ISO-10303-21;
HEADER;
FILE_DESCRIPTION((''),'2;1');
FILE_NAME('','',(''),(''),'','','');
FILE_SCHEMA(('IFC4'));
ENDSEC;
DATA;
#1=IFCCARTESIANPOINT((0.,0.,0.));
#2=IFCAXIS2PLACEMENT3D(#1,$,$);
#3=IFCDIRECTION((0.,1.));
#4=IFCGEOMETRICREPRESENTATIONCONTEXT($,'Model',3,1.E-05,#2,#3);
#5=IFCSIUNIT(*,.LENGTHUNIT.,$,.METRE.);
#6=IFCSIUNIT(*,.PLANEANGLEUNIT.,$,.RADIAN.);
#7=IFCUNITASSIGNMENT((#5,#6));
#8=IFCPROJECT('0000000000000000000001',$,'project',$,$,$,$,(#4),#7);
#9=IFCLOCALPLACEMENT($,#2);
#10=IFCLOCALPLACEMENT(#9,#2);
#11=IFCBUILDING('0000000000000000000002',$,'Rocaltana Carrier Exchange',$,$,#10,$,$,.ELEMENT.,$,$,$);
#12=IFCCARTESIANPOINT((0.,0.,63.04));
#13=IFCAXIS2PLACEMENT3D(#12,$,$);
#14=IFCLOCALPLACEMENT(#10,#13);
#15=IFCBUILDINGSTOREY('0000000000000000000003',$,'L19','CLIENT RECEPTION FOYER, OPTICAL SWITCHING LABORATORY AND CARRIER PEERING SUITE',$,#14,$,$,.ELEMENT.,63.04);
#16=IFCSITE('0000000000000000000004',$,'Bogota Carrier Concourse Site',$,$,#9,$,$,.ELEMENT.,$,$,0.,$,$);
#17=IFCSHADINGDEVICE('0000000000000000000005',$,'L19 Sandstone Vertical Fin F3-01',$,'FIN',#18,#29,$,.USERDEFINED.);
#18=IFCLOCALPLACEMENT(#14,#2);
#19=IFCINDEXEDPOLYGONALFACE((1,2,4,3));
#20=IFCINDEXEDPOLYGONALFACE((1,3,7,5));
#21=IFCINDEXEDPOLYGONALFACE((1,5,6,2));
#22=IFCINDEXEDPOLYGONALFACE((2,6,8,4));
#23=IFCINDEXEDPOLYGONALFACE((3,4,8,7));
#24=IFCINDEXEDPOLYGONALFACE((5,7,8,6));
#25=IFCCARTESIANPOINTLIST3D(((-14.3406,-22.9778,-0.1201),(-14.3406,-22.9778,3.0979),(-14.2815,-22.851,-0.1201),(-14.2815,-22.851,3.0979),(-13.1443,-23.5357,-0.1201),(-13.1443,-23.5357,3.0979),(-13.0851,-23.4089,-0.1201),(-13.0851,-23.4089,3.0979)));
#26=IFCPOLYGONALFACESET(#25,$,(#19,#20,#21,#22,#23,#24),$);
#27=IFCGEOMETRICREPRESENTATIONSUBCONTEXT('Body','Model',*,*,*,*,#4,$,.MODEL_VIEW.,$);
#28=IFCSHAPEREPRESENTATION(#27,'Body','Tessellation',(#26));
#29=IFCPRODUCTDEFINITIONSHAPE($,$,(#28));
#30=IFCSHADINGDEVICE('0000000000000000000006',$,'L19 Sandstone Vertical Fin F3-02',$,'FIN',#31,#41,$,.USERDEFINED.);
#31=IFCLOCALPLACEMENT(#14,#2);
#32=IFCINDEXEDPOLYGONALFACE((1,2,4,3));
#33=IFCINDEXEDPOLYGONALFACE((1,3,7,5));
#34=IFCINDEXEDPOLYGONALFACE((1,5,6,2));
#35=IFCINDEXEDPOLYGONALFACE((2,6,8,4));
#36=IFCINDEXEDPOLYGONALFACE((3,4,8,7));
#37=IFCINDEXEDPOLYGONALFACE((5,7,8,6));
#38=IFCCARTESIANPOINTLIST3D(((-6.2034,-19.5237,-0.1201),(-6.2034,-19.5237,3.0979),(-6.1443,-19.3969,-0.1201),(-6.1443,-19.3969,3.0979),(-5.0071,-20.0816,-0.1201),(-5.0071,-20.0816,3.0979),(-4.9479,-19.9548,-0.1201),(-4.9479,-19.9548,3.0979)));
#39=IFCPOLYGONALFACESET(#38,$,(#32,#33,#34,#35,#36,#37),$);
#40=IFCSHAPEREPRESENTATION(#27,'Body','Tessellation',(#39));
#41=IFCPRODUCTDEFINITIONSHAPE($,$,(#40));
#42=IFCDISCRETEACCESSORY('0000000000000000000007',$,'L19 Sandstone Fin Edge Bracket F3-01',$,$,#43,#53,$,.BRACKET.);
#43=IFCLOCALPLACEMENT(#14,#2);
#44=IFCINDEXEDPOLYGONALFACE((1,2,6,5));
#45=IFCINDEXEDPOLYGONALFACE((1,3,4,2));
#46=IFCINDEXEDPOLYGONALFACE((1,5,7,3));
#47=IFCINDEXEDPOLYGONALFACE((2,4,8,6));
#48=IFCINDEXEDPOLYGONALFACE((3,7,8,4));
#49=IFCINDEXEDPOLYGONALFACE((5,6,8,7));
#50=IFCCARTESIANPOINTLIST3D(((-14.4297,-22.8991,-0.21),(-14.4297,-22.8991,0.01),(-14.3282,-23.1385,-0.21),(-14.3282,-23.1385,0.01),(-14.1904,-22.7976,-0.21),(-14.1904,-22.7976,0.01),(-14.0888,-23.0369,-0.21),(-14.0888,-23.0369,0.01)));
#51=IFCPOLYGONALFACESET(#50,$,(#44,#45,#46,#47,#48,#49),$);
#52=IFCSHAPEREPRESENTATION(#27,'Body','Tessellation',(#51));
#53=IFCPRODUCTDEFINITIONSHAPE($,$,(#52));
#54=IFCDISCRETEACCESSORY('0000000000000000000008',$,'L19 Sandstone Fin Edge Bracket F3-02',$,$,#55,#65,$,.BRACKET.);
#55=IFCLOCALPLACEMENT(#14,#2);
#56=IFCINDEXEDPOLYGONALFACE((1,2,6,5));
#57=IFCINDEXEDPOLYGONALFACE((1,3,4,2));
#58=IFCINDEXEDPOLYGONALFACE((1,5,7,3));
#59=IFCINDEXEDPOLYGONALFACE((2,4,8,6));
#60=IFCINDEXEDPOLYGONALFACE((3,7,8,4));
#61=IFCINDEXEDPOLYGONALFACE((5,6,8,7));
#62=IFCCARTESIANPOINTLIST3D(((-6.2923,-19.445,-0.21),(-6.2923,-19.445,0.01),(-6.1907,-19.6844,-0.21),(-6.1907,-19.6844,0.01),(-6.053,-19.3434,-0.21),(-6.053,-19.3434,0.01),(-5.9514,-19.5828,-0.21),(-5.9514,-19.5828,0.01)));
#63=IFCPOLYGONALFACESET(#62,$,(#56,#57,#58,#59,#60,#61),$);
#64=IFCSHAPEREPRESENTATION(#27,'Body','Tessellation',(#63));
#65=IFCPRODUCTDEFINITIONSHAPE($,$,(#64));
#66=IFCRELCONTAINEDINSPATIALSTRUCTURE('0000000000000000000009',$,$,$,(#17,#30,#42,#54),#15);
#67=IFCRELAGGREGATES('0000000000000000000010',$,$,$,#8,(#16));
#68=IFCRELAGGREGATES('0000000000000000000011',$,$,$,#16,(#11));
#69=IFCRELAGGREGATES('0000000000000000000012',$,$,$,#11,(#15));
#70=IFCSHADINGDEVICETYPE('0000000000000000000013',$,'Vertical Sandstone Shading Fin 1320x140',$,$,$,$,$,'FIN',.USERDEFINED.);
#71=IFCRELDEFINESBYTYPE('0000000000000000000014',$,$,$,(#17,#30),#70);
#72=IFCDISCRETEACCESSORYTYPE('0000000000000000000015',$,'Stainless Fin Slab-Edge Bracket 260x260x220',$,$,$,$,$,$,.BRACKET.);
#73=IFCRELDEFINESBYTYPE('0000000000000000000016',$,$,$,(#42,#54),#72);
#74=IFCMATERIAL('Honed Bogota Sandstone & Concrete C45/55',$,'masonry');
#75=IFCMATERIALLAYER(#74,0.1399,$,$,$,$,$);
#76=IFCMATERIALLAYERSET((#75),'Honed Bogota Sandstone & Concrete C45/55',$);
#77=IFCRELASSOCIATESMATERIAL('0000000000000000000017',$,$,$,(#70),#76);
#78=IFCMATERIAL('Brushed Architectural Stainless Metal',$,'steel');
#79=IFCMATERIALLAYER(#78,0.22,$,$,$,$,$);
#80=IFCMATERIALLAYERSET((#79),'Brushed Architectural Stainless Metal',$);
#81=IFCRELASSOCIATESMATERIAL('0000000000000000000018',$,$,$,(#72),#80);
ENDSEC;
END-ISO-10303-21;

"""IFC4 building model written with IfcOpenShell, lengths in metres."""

from ifc_helpers import new_model, si_unit, direction, frame, origin, origin_2d, place, context, subcontext, project, spatial, rectangle, extrude, material, layer, layer_set, type_object, element, save


model = new_model("IFC4")

# Units and contexts
model_context = context("Model", 3, precision=1e-05, world=origin(), true_north=direction((0.0, 1.0)))
body_context = subcontext(model_context, "Body", "Model", "MODEL_VIEW")
ifc_project = project(units=[si_unit("LENGTHUNIT", "METRE"), si_unit("PLANEANGLEUNIT", "RADIAN")], contexts=[model_context])

# Site, building, storey
site_placement = place(None, origin())
site = spatial("IfcSite", under=ifc_project, at=site_placement, Name="Bogota Carrier Concourse Site", CompositionType="ELEMENT", RefElevation=0.0)
building_placement = place(site_placement, origin())
building = spatial("IfcBuilding", under=site, at=building_placement, Name="Rocaltana Carrier Exchange", CompositionType="ELEMENT")
storey_placement = place(building_placement, frame((0.0, 0.0, 63.04)))
storey = spatial("IfcBuildingStorey", under=building, at=storey_placement, Name="L19", Description="CLIENT RECEPTION FOYER, OPTICAL SWITCHING LABORATORY AND CARRIER PEERING SUITE", CompositionType="ELEMENT", Elevation=63.04)

# Shading devices
ifc_material_1 = material(Name="Honed Bogota Sandstone & Concrete C45/55", Category="masonry")
ifc_layer_1 = layer(ifc_material_1, 0.1399)
ifc_layer_set_1 = layer_set([ifc_layer_1], Name="Honed Bogota Sandstone & Concrete C45/55")
shading_device_type = type_object("IfcShadingDeviceType", Name="Vertical Sandstone Shading Fin 1320x140", ElementType="FIN", PredefinedType="USERDEFINED", material=ifc_layer_set_1)
for number, where, z_axis, x_axis, name in (
    (1, (-13.7129, -23.1934, -0.1201), (0.0, 0.0, 1.0), (0.906308, -0.422618, 0.0), "L19 Sandstone Vertical Fin F3-01"),
    (2, (-5.5757, -19.7393, -0.1201), (0.0, 0.0, 1.0), (0.906308, -0.422618, 0.0), "L19 Sandstone Vertical Fin F3-02"),
):
    element("IfcShadingDevice", number, at=place(storey_placement, frame(where, z_axis=z_axis, x_axis=x_axis)), inside=storey, type_object=shading_device_type, Name=name, ObjectType="FIN", PredefinedType="USERDEFINED", context=body_context, shape_type="SweptSolid", body=[
        extrude(rectangle(XDim=1.3201, YDim=0.1399, at=origin_2d()), origin(), (0.0, 0.0, 1.0), 3.218),
    ])

# Discrete accessories
ifc_material_2 = material(Name="Brushed Architectural Stainless Metal", Category="steel")
ifc_layer_2 = layer(ifc_material_2, 0.22)
ifc_layer_set_2 = layer_set([ifc_layer_2], Name="Brushed Architectural Stainless Metal")
discrete_accessory_type = type_object("IfcDiscreteAccessoryType", Name="Stainless Fin Slab-Edge Bracket 260x260x220", PredefinedType="BRACKET", material=ifc_layer_set_2)
for number, where, z_axis, x_axis, name in (
    (3, (-14.2593, -22.968, -0.21), (0.0, 0.0, 1.0), (0.920505, 0.390731, 0.0), "L19 Sandstone Fin Edge Bracket F3-01"),
    (4, (-6.1218, -19.5139, -0.21), (0.0, 0.0, 1.0), (0.920505, 0.390731, 0.0), "L19 Sandstone Fin Edge Bracket F3-02"),
):
    element("IfcDiscreteAccessory", number, at=place(storey_placement, frame(where, z_axis=z_axis, x_axis=x_axis)), inside=storey, type_object=discrete_accessory_type, Name=name, PredefinedType="BRACKET", context=body_context, shape_type="SweptSolid", body=[
        extrude(rectangle(XDim=0.26, YDim=0.26, at=origin_2d()), origin(), (0.0, 0.0, 1.0), 0.22),
    ])

save(model, "model.ifc")
